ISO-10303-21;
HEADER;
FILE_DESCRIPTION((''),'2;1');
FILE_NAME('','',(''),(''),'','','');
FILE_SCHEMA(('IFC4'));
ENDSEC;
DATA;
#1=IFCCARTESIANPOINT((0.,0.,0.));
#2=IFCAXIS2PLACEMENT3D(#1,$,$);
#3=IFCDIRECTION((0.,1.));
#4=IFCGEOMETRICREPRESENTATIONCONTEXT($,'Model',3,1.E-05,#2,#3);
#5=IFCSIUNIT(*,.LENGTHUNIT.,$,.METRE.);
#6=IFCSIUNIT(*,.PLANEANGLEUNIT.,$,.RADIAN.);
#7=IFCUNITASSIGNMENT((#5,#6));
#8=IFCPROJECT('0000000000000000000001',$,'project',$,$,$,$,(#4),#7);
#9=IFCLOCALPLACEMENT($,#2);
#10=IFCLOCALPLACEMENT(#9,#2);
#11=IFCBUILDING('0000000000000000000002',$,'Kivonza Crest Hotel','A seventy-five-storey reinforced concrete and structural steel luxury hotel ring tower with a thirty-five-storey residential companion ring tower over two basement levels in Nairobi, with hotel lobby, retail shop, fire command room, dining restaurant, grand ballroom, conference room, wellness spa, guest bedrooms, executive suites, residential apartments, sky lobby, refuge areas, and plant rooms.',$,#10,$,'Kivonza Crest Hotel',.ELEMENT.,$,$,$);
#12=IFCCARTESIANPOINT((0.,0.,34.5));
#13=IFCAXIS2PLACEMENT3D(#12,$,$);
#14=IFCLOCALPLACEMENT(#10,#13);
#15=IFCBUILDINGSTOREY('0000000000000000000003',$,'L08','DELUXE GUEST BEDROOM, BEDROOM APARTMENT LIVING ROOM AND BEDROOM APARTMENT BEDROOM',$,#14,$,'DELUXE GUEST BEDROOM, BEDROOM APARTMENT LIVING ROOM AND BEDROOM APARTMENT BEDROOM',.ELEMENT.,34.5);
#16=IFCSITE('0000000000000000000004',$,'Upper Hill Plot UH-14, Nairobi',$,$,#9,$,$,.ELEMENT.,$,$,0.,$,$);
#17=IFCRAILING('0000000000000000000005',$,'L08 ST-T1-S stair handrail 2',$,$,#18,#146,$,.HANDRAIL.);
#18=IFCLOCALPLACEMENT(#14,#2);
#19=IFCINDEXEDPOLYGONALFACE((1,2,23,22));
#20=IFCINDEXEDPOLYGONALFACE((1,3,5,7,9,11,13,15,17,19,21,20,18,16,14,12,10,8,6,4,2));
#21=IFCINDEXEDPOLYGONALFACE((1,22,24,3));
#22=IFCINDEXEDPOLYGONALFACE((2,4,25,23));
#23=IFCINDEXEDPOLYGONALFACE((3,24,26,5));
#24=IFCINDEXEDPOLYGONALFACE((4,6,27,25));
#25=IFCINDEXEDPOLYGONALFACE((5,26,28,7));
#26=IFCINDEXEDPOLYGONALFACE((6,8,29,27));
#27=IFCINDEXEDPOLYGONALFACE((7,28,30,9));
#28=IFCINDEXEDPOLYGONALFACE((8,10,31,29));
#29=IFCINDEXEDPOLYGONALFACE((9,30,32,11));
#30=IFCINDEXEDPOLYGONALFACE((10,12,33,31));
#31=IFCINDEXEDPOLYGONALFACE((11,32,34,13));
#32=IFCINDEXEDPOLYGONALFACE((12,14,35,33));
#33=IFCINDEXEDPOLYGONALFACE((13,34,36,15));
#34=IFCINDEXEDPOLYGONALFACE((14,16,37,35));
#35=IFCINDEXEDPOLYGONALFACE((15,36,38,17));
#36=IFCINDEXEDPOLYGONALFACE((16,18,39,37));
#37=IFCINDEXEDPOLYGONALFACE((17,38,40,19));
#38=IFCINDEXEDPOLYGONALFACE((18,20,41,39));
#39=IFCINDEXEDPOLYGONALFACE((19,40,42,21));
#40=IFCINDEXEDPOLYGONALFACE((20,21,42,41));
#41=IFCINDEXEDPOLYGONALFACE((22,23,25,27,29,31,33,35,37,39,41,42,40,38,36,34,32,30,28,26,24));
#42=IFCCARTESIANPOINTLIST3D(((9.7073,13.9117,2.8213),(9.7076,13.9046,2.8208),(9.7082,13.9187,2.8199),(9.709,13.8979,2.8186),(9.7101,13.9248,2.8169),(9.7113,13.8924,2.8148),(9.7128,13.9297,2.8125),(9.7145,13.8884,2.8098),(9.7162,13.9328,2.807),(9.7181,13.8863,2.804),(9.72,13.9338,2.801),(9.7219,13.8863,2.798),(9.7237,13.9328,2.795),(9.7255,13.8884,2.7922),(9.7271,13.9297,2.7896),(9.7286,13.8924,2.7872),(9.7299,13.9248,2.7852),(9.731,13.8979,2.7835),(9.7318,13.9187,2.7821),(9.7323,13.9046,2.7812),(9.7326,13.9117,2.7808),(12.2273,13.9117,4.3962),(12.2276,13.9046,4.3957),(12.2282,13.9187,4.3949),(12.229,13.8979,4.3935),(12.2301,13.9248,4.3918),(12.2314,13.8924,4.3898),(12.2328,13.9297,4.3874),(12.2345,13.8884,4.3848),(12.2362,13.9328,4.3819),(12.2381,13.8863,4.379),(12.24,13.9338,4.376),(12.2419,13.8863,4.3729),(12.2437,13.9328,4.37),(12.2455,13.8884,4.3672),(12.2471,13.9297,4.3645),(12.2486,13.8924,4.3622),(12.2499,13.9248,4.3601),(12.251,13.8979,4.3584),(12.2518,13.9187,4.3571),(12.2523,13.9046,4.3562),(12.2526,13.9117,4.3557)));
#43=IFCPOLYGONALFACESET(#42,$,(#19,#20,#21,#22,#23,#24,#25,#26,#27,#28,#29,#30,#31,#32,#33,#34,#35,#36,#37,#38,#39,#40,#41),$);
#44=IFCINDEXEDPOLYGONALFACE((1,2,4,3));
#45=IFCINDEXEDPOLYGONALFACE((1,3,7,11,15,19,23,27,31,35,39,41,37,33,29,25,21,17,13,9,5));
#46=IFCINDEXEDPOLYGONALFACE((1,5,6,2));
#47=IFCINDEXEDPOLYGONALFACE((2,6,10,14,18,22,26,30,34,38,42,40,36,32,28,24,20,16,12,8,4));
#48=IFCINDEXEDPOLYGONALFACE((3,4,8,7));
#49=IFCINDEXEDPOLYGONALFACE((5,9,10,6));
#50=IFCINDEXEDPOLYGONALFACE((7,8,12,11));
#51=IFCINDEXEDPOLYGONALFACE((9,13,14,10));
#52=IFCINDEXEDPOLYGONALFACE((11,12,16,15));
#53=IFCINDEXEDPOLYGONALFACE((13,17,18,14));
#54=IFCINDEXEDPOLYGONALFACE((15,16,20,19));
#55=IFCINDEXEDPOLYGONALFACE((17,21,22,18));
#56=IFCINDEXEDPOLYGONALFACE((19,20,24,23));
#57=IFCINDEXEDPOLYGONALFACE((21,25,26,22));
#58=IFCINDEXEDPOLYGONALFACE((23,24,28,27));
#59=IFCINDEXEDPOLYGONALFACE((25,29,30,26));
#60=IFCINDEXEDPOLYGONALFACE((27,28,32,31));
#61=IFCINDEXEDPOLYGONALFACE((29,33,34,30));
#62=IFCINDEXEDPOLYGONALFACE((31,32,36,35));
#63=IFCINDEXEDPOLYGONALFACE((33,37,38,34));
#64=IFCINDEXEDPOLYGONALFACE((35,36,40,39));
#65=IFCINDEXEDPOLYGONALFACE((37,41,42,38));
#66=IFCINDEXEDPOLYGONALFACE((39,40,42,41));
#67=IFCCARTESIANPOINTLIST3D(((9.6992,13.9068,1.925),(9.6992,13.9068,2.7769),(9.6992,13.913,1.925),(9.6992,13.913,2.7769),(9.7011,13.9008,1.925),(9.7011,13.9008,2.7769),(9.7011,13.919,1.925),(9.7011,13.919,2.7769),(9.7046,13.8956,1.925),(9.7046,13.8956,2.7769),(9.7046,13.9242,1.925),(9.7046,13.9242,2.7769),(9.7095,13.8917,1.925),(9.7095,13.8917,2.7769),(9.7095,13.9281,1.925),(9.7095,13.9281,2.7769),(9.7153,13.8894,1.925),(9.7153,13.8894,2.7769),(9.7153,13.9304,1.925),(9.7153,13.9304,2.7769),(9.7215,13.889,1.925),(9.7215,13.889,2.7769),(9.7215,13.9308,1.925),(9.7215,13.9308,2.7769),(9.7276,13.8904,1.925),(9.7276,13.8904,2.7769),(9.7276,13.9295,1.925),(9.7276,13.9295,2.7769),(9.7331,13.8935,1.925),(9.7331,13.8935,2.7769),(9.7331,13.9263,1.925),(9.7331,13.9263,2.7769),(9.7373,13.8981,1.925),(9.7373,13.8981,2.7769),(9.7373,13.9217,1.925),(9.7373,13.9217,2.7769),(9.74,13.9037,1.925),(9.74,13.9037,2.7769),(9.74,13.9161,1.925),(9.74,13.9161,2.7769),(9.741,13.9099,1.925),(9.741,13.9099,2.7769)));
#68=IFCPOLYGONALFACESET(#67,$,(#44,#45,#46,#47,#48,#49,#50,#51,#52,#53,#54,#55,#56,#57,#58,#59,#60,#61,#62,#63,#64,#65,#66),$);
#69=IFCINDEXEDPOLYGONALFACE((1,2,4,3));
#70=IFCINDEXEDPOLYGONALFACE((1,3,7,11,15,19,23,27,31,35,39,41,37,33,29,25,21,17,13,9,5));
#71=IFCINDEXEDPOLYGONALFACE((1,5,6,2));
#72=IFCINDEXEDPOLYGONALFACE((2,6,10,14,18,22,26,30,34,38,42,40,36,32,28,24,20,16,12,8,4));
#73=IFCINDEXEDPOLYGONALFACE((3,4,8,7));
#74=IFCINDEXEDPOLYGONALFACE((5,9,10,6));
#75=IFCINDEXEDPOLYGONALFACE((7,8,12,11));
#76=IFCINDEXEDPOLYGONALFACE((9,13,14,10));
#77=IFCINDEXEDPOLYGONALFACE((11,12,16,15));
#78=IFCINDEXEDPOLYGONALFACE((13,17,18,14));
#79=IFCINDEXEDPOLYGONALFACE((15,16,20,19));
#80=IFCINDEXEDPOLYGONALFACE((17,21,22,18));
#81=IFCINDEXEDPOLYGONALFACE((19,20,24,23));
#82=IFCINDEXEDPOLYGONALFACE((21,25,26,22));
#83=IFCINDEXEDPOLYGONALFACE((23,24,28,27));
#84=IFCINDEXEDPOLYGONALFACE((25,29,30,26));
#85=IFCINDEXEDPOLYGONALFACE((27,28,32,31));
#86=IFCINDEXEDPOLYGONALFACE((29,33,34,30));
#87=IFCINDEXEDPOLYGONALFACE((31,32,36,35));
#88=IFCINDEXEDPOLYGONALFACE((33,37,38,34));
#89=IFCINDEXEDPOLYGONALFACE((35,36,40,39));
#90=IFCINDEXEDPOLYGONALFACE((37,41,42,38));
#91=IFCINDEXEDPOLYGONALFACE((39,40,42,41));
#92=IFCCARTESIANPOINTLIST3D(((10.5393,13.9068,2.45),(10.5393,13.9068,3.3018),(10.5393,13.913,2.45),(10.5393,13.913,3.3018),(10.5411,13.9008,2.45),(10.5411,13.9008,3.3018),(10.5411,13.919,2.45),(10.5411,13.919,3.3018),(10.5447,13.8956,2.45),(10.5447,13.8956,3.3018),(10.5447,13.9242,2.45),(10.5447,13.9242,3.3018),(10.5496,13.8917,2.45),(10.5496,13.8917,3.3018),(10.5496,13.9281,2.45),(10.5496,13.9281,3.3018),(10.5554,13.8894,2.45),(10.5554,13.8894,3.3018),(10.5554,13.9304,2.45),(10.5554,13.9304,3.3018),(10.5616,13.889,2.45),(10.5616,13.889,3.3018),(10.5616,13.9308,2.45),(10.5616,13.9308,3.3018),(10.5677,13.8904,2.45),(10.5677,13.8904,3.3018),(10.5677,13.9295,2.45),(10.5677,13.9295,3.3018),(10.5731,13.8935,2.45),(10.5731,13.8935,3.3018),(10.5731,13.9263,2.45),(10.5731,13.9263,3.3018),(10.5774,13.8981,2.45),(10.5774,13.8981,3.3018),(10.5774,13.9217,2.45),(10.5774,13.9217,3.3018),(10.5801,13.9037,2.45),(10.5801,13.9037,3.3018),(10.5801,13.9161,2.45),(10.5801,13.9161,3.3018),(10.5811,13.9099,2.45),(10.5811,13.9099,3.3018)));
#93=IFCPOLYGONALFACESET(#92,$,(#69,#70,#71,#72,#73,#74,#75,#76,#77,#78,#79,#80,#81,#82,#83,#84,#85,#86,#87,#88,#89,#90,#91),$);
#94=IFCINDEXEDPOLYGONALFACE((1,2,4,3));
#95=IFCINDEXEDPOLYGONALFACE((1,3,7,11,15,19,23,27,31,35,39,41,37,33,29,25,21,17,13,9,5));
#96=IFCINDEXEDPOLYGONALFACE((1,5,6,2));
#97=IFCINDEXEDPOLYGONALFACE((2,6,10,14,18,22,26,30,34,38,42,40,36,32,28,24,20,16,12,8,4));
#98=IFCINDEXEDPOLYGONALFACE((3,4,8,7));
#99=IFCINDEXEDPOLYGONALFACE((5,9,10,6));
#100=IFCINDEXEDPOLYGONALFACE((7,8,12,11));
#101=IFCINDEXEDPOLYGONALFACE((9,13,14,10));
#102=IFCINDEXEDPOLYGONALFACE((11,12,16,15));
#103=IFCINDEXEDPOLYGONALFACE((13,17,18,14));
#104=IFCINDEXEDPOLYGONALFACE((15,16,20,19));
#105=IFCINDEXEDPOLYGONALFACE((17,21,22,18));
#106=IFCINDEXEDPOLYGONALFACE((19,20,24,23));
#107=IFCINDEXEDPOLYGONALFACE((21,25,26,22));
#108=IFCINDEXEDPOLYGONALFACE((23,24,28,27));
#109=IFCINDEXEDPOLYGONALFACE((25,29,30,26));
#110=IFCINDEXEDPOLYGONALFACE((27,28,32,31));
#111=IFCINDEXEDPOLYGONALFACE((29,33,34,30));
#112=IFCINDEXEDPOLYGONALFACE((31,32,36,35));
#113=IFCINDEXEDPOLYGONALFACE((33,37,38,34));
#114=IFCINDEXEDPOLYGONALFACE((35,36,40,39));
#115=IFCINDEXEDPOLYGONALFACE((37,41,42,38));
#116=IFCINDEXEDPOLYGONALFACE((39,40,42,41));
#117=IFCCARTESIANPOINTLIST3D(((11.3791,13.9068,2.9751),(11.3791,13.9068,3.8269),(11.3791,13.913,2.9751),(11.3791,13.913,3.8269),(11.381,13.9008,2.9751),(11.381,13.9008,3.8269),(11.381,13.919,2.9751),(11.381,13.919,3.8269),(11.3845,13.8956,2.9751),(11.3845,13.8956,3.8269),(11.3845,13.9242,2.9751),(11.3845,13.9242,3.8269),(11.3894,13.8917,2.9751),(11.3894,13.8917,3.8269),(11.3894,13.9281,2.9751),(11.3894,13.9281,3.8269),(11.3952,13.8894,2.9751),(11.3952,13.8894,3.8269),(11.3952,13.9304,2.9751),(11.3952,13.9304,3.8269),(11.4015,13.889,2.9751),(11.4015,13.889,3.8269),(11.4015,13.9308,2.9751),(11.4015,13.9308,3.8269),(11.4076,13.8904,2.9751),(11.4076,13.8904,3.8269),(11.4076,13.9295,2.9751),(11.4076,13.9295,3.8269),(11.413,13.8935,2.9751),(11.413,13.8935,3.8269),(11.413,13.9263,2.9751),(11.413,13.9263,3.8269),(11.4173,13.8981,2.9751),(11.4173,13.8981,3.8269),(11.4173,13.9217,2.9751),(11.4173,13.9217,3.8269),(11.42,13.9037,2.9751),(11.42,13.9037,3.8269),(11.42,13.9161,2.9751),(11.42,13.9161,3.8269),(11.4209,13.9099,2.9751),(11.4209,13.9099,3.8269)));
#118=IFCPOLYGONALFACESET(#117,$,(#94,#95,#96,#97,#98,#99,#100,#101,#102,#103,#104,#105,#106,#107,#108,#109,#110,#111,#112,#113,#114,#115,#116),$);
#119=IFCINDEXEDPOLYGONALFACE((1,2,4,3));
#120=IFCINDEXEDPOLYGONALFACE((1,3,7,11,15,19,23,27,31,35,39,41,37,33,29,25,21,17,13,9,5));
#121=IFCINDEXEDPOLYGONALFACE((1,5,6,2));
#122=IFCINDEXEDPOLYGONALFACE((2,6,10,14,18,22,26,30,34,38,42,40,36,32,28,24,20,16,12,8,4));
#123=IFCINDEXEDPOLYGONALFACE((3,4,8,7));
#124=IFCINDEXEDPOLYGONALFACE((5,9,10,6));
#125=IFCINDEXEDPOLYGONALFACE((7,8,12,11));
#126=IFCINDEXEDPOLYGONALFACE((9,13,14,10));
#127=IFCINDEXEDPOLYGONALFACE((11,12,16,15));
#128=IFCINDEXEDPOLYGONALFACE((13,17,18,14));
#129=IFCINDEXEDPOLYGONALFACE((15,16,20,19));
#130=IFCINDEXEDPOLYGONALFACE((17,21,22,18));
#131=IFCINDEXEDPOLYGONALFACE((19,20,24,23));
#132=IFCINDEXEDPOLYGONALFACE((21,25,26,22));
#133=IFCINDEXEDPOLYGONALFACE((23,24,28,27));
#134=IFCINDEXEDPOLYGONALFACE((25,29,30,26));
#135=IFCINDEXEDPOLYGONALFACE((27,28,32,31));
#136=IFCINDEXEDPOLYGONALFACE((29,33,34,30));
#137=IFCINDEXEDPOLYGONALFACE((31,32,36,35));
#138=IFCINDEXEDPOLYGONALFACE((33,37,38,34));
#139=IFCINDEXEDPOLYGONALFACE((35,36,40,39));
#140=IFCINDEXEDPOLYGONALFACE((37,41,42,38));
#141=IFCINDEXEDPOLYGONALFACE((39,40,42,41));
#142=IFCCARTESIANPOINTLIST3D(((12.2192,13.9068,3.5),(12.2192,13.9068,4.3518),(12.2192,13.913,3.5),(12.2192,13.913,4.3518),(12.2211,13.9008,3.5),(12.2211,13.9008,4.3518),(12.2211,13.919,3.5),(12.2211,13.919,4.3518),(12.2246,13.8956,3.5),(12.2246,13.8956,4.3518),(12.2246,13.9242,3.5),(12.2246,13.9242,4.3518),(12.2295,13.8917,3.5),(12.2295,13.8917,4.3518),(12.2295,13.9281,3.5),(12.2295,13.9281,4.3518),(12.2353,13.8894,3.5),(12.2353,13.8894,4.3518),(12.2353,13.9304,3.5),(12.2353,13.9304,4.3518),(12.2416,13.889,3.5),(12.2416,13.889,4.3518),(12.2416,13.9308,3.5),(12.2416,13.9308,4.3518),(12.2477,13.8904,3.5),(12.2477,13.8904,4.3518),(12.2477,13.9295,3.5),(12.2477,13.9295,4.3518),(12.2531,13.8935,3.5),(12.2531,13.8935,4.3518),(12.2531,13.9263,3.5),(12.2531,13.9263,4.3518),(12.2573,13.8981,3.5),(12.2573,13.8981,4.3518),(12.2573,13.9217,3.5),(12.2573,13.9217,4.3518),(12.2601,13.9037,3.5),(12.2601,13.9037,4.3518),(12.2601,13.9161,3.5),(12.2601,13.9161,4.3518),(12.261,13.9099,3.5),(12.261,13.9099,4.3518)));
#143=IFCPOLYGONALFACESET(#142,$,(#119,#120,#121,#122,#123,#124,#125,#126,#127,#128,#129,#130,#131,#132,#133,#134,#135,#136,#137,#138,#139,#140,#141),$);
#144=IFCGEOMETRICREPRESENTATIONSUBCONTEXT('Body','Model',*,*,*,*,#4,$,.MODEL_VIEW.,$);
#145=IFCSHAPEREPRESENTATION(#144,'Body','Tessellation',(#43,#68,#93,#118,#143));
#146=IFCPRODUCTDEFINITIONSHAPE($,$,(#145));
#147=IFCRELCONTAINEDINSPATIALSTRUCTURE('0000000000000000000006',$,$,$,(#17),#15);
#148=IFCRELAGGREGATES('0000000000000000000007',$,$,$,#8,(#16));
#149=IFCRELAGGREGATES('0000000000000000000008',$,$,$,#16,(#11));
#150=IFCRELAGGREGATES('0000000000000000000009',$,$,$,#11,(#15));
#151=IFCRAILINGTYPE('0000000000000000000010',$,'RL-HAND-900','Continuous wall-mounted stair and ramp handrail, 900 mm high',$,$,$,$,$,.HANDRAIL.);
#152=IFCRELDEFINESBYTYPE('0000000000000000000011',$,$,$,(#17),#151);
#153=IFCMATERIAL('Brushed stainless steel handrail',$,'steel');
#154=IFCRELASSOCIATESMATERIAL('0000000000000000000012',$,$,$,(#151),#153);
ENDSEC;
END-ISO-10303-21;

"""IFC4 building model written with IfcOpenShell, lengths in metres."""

from ifc_helpers import new_model, si_unit, direction, frame, origin, origin_2d, place, context, subcontext, project, spatial, circle, extrude, material, type_object, element, save


model = new_model("IFC4")

# Units and contexts
model_context = context("Model", 3, precision=1e-05, world=origin(), true_north=direction((0.0, 1.0)))
body_context = subcontext(model_context, "Body", "Model", "MODEL_VIEW")
ifc_project = project(units=[si_unit("LENGTHUNIT", "METRE"), si_unit("PLANEANGLEUNIT", "RADIAN")], contexts=[model_context])

# Site, building, storey
site_placement = place(None, origin())
site = spatial("IfcSite", under=ifc_project, at=site_placement, Name="Upper Hill Plot UH-14, Nairobi", CompositionType="ELEMENT", RefElevation=0.0)
building_placement = place(site_placement, origin())
building = spatial("IfcBuilding", under=site, at=building_placement, Name="Kivonza Crest Hotel", Description="A seventy-five-storey reinforced concrete and structural steel luxury hotel ring tower with a thirty-five-storey residential companion ring tower over two basement levels in Nairobi, with hotel lobby, retail shop, fire command room, dining restaurant, grand ballroom, conference room, wellness spa, guest bedrooms, executive suites, residential apartments, sky lobby, refuge areas, and plant rooms.", LongName="Kivonza Crest Hotel", CompositionType="ELEMENT")
storey_placement = place(building_placement, frame((0.0, 0.0, 34.5)))
storey = spatial("IfcBuildingStorey", under=building, at=storey_placement, Name="L08", Description="DELUXE GUEST BEDROOM, BEDROOM APARTMENT LIVING ROOM AND BEDROOM APARTMENT BEDROOM", LongName="DELUXE GUEST BEDROOM, BEDROOM APARTMENT LIVING ROOM AND BEDROOM APARTMENT BEDROOM", CompositionType="ELEMENT", Elevation=34.5)

# Railing
ifc_material_1 = material(Name="Brushed stainless steel handrail", Category="steel")
railing_type_1 = type_object("IfcRailingType", Name="RL-HAND-900", Description="Continuous wall-mounted stair and ramp handrail, 900 mm high", PredefinedType="HANDRAIL", material=ifc_material_1)
railing_1_placement = place(storey_placement, frame((9.72, 13.9099, 1.925)))
element("IfcRailing", 1, at=railing_1_placement, inside=storey, type_object=railing_type_1, Name="L08 ST-T1-S stair handrail 2", PredefinedType="HANDRAIL", context=body_context, shape_type="SweptSolid", body=[
    extrude(circle(Radius=0.0239, at=origin_2d()), frame((0.0, 0.0, 0.876), z_axis=(0.848008, 0.0, 0.529984), x_axis=(0.0, 1.0, 0.0)), (0.0, 0.0, 1.0), 2.9717),
    extrude(circle(Radius=0.021, at=origin_2d()), origin(), (0.0, 0.0, 1.0), 0.8518),
    extrude(circle(Radius=0.021, at=origin_2d()), frame((0.8401, 0.0, 0.5249)), (0.0, 0.0, 1.0), 0.8518),
    extrude(circle(Radius=0.021, at=origin_2d()), frame((1.6799, 0.0, 1.05)), (0.0, 0.0, 1.0), 0.8518),
    extrude(circle(Radius=0.021, at=origin_2d()), frame((2.52, 0.0, 1.575)), (0.0, 0.0, 1.0), 0.8518),
])

save(model, "model.ifc")
